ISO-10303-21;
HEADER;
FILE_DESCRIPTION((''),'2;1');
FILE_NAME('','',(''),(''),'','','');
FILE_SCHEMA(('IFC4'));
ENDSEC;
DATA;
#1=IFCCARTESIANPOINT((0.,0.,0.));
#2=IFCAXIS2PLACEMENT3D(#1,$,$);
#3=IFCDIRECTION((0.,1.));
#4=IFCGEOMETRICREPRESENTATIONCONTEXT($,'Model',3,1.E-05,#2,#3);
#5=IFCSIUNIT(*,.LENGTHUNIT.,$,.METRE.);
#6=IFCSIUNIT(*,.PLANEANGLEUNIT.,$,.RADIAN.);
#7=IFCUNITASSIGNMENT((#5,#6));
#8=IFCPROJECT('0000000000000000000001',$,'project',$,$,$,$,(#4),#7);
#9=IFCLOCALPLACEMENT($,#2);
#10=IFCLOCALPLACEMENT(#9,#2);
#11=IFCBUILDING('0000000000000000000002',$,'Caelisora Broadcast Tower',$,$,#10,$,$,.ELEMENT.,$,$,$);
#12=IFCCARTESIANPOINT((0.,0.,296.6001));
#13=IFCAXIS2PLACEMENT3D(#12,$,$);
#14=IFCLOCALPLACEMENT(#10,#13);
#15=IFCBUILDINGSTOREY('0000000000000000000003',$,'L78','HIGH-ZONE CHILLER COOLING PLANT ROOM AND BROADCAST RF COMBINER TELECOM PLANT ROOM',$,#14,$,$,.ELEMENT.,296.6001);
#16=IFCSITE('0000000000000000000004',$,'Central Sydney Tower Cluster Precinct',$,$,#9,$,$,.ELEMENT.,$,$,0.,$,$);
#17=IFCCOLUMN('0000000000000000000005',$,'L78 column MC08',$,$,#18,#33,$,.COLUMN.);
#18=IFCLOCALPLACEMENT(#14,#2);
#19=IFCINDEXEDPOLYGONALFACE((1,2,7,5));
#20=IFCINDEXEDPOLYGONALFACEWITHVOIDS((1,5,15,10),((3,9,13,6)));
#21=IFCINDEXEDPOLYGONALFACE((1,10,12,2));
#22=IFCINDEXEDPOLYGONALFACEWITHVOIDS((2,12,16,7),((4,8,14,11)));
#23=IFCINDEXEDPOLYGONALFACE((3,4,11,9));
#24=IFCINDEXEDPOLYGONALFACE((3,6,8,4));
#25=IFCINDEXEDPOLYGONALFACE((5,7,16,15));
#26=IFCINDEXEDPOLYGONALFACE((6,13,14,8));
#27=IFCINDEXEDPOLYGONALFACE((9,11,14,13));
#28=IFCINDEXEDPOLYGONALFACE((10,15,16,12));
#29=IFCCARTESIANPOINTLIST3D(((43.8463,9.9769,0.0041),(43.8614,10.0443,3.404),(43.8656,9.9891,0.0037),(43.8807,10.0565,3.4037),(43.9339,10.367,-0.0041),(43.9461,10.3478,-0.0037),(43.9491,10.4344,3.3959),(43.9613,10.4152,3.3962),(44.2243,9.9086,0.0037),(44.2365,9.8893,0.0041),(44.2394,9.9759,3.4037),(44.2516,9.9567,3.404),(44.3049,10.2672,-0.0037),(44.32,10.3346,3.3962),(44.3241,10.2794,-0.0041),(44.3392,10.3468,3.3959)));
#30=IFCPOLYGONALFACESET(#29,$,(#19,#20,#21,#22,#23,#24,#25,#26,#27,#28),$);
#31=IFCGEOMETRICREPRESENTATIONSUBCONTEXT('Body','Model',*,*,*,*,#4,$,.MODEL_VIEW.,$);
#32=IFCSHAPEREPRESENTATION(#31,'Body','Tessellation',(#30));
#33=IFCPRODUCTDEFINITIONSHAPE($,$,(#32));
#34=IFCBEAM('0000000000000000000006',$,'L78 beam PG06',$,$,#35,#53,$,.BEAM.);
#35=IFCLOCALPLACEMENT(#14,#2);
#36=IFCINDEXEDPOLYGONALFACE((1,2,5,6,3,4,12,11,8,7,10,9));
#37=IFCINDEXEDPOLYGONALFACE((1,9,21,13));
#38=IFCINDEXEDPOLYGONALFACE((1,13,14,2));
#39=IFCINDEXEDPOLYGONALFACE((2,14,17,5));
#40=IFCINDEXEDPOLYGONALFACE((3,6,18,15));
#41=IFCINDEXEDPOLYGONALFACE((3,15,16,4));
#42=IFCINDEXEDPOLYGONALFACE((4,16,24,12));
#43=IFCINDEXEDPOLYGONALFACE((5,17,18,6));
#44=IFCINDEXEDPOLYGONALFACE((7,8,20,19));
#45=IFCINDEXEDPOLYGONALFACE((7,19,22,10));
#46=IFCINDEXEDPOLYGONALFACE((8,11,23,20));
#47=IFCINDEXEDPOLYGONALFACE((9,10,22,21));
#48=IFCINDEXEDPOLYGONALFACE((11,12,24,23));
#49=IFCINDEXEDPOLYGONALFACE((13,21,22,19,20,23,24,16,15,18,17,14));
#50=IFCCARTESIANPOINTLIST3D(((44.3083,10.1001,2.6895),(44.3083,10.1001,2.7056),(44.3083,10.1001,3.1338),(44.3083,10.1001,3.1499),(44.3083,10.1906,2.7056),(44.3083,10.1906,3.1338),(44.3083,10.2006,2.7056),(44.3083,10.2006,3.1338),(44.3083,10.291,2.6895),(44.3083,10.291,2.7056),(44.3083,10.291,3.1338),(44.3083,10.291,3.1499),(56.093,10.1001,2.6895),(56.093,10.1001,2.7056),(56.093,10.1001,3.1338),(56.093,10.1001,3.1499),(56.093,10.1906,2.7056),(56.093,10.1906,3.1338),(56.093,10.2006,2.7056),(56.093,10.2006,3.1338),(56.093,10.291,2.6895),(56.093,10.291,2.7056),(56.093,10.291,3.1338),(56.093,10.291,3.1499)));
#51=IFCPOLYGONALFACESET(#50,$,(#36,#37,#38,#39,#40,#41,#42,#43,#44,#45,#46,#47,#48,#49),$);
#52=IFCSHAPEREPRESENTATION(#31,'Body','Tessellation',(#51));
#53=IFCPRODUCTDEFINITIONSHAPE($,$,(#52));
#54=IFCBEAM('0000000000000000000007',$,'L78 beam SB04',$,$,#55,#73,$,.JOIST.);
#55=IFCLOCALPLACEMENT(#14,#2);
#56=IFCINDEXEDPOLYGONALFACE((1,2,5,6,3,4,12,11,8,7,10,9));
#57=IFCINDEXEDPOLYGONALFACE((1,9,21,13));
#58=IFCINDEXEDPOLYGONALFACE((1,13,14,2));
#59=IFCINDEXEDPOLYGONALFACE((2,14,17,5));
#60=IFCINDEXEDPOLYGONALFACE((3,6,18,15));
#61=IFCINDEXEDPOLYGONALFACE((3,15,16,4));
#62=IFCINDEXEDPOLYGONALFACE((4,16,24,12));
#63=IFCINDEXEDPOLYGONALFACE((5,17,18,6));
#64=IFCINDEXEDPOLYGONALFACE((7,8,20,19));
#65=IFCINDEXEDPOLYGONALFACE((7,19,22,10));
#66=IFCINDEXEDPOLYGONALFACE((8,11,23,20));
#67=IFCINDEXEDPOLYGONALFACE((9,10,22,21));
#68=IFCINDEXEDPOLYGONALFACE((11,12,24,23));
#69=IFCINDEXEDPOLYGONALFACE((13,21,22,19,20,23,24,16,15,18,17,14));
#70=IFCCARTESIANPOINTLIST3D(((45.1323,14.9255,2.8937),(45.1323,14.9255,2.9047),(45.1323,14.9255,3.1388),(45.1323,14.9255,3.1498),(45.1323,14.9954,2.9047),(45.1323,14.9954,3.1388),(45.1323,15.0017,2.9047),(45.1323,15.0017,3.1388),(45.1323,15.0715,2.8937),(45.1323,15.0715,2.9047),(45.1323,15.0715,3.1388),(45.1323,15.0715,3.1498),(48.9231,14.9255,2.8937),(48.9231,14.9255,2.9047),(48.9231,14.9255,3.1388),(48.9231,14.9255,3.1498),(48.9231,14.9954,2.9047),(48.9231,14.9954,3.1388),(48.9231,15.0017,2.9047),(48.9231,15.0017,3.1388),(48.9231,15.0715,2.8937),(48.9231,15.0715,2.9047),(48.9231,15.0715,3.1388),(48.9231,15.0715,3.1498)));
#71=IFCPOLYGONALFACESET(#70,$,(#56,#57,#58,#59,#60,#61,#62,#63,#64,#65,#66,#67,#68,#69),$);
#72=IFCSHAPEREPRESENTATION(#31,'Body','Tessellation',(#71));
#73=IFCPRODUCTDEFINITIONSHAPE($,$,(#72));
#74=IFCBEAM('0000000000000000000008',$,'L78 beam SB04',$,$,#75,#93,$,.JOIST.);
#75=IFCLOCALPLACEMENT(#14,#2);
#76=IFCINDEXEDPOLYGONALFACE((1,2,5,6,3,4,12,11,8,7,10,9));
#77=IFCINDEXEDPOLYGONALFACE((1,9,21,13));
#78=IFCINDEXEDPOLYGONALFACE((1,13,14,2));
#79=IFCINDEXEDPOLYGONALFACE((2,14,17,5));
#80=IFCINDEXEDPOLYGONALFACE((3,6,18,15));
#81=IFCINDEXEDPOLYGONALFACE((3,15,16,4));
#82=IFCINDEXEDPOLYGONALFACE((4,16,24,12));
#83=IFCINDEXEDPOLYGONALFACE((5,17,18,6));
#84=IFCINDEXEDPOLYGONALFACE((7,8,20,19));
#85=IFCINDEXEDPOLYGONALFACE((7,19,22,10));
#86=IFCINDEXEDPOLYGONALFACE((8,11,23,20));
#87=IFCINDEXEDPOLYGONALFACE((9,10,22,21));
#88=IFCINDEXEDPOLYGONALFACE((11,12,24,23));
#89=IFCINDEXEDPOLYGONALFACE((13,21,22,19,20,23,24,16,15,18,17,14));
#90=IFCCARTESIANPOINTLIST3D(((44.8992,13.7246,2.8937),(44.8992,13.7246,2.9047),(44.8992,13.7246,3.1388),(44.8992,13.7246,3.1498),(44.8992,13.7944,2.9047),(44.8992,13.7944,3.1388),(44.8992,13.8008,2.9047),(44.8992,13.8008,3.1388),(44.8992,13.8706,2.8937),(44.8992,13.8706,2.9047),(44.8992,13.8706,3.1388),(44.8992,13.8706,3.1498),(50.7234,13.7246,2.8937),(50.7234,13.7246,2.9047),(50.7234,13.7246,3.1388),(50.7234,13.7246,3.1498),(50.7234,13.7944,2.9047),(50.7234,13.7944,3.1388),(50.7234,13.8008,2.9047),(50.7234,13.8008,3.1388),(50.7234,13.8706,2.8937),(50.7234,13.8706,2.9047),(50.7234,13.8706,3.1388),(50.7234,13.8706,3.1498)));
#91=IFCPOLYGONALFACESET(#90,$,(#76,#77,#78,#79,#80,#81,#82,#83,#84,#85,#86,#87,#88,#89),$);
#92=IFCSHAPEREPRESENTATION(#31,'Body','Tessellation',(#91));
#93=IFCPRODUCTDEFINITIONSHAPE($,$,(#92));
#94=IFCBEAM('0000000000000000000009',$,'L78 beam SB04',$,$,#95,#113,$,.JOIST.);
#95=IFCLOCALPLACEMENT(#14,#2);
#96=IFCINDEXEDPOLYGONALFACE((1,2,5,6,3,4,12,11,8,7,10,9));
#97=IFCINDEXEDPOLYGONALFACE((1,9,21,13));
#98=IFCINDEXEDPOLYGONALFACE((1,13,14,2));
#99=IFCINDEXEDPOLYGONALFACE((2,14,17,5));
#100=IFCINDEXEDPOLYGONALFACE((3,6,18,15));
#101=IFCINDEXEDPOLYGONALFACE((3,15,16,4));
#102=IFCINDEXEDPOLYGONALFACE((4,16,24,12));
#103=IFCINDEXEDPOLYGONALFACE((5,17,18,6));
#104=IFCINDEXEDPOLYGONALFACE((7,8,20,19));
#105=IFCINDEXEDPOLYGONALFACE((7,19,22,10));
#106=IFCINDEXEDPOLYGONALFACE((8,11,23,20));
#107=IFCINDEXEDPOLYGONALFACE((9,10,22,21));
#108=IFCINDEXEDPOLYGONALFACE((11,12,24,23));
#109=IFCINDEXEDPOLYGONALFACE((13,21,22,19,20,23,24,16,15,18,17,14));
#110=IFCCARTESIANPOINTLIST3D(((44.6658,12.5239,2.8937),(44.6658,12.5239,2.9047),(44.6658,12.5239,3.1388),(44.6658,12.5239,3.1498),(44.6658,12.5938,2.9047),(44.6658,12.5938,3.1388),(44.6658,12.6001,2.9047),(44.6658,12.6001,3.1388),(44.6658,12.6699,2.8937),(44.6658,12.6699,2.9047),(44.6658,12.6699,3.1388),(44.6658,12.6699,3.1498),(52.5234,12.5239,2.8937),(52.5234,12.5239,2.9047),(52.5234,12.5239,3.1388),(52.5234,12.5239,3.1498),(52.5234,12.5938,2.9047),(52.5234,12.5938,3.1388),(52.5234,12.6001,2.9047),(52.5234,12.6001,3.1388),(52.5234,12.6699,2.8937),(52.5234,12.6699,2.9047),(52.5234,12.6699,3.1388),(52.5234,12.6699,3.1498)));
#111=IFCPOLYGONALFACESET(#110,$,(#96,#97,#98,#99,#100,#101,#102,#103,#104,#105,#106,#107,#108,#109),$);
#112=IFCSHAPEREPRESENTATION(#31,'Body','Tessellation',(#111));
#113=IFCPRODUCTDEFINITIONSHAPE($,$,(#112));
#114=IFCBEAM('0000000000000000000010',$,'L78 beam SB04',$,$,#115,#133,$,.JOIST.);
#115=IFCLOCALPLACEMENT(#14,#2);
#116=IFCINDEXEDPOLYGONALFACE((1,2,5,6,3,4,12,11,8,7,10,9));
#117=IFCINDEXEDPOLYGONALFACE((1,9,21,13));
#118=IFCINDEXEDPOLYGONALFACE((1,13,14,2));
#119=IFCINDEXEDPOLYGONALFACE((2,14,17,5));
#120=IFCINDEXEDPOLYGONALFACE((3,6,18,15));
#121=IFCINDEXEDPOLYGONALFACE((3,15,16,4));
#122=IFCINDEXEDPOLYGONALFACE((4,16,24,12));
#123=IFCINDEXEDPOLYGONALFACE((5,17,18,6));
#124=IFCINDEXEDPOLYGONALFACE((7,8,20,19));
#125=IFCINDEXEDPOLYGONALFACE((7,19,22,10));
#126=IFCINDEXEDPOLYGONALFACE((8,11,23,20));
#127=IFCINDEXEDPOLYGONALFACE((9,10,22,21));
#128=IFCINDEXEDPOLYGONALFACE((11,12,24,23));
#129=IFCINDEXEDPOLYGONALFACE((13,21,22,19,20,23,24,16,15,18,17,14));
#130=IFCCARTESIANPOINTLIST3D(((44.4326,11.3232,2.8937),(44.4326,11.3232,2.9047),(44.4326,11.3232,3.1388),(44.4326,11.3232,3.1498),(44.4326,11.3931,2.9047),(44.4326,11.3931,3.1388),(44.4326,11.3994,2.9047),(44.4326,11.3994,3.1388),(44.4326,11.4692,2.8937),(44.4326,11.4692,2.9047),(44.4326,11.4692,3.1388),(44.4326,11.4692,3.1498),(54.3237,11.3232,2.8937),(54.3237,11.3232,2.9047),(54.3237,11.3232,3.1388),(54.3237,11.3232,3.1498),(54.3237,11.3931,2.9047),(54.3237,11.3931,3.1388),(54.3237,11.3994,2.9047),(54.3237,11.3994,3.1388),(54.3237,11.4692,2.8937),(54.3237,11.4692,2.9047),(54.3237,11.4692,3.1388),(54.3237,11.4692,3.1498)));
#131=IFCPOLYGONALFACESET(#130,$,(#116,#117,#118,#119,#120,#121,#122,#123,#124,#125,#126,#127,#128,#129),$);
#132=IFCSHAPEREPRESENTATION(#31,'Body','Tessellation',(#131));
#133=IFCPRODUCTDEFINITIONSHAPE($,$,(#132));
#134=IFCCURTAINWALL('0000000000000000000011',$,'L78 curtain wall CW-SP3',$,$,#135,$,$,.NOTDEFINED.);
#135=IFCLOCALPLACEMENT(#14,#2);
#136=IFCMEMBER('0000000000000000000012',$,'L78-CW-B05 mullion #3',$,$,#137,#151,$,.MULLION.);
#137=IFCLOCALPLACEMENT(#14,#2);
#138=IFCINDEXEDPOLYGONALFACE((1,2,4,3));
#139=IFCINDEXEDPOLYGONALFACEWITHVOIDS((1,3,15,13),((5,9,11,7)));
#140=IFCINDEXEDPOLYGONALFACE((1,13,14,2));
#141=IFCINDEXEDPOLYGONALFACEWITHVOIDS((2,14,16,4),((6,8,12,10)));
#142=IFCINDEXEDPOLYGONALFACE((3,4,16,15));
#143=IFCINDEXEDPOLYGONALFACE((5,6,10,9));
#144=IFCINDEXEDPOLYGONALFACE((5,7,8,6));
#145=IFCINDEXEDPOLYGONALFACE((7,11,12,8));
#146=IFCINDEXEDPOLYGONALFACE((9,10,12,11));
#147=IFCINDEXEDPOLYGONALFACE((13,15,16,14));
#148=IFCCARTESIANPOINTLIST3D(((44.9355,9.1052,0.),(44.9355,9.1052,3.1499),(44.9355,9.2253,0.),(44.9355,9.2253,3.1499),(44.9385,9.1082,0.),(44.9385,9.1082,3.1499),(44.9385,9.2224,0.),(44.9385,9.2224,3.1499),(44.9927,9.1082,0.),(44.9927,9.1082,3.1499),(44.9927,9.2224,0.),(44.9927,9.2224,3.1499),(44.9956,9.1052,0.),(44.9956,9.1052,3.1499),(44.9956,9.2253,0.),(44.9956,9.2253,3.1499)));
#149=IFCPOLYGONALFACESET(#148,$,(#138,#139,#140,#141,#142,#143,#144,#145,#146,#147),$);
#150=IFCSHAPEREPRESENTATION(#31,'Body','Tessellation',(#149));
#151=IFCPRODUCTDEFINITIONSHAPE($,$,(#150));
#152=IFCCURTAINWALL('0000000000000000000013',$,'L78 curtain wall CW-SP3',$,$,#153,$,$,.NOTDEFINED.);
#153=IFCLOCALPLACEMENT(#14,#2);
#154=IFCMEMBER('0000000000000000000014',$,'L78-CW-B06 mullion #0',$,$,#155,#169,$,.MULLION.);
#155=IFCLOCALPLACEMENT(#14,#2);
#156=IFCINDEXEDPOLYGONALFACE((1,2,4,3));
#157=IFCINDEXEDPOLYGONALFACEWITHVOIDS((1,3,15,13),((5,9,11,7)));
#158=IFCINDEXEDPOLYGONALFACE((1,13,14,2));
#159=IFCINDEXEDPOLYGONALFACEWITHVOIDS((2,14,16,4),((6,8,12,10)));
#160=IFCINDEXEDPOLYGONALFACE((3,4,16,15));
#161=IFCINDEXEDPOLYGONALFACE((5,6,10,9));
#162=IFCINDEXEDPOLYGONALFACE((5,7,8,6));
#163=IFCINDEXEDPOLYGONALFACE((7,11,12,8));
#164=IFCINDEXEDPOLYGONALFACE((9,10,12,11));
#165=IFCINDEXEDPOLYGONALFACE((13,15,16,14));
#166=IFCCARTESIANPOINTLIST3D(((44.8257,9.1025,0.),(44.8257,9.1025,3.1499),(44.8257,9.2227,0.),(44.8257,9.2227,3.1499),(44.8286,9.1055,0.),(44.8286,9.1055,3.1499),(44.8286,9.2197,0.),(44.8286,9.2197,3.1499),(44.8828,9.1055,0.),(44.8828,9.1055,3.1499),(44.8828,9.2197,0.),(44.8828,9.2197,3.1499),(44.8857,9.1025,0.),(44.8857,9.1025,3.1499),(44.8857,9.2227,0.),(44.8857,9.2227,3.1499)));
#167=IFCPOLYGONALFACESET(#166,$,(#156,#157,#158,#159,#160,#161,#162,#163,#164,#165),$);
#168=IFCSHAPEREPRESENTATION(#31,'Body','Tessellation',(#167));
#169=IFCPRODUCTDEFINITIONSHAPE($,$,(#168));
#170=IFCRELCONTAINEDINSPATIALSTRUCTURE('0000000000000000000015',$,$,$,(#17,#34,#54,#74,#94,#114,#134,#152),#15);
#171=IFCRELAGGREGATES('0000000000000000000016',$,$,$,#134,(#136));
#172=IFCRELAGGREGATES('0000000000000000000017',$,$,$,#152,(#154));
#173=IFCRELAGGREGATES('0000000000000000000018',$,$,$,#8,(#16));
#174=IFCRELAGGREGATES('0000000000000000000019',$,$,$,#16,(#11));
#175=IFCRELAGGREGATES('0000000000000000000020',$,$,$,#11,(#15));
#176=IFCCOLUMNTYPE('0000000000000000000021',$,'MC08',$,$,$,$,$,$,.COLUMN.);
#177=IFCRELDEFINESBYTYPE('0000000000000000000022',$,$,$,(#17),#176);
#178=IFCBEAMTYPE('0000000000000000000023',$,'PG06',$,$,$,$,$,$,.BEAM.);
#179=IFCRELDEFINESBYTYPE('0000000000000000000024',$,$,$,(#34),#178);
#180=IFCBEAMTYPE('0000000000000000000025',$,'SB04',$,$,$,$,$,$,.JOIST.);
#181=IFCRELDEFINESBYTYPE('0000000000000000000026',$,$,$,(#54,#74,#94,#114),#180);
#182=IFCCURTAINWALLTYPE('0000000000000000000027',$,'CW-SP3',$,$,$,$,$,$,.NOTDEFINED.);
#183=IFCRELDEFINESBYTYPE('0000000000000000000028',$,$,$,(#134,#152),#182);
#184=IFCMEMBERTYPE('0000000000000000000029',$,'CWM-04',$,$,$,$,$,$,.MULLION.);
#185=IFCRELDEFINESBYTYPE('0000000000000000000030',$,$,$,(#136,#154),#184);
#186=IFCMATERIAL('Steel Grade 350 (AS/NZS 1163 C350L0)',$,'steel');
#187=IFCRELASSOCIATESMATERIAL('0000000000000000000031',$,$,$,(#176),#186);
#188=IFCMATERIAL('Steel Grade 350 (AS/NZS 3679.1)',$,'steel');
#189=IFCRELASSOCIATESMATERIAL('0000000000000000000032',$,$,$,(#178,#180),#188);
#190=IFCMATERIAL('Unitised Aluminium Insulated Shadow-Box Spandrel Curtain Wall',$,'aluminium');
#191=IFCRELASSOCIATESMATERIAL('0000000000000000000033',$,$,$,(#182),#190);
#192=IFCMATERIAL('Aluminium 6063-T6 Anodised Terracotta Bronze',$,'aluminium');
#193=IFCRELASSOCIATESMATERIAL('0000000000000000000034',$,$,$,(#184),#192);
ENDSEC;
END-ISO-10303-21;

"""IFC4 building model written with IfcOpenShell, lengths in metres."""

from ifc_helpers import new_model, si_unit, direction, frame, origin, origin_2d, place, context, subcontext, project, spatial, hollow_rectangle, i_section, extrude, source, transform, mapped, material, material_profile, profile_set, type_object, type_shapes, element, aggregate, save


model = new_model("IFC4")

# Units and contexts
model_context = context("Model", 3, precision=1e-05, world=origin(), true_north=direction((0.0, 1.0)))
body_context = subcontext(model_context, "Body", "Model", "MODEL_VIEW")
ifc_project = project(units=[si_unit("LENGTHUNIT", "METRE"), si_unit("PLANEANGLEUNIT", "RADIAN")], contexts=[model_context])

# Site, building, storey
site_placement = place(None, origin())
site = spatial("IfcSite", under=ifc_project, at=site_placement, Name="Central Sydney Tower Cluster Precinct", CompositionType="ELEMENT", RefElevation=0.0)
building_placement = place(site_placement, origin())
building = spatial("IfcBuilding", under=site, at=building_placement, Name="Caelisora Broadcast Tower", CompositionType="ELEMENT")
storey_placement = place(building_placement, frame((0.0, 0.0, 296.6001)))
storey = spatial("IfcBuildingStorey", under=building, at=storey_placement, Name="L78", Description="HIGH-ZONE CHILLER COOLING PLANT ROOM AND BROADCAST RF COMBINER TELECOM PLANT ROOM", CompositionType="ELEMENT", Elevation=296.6001)

# Column
ifc_material_1 = material(Name="Steel Grade 350 (AS/NZS 1163 C350L0)", Category="steel")
ifc_material_profile_1 = material_profile(ifc_material_1, hollow_rectangle(XDim=0.3999, YDim=0.3999, WallThickness=0.0161, at=origin_2d()), Name="Steel Grade 350 (AS/NZS 1163 C350L0)")
ifc_profile_set_1 = profile_set([ifc_material_profile_1], Name="Steel Grade 350 (AS/NZS 1163 C350L0)")
column_type = type_object("IfcColumnType", Name="MC08", PredefinedType="COLUMN", material=ifc_profile_set_1)
shared_shape_1 = source(origin(), body_context, "Body", "SweptSolid", [
    extrude(hollow_rectangle(XDim=0.3999, YDim=0.3999, WallThickness=0.0161, at=origin_2d()), origin(), (0.0, 0.0, 1.0), 3.4006),
])
type_shapes(column_type, [shared_shape_1])
column_placement = place(storey_placement, frame((44.0852, 10.1282, 0.0), z_axis=(0.004451, 0.019815, 0.999794), x_axis=(-0.975685, 0.219176, 0.0)))
element("IfcColumn", 1, at=column_placement, inside=storey, type_object=column_type, Name="L78 column MC08", PredefinedType="COLUMN", context=body_context, shape_type="MappedRepresentation", body=[
    mapped(shared_shape_1, transform((0.0, 0.0, 0.0), scale=1.0)),
])

# Beams
ifc_material_2 = material(Name="Steel Grade 350 (AS/NZS 3679.1)", Category="steel")
ifc_material_profile_2 = material_profile(ifc_material_2, i_section(OverallWidth=0.1909, OverallDepth=0.4604, WebThickness=0.01, FlangeThickness=0.0161, at=origin_2d()), Name="Steel Grade 350 (AS/NZS 3679.1)")
ifc_profile_set_2 = profile_set([ifc_material_profile_2], Name="Steel Grade 350 (AS/NZS 3679.1)")
beam_type_1 = type_object("IfcBeamType", Name="PG06", PredefinedType="BEAM", material=ifc_profile_set_2)
shared_shape_2 = source(origin(), body_context, "Body", "SweptSolid", [
    extrude(i_section(OverallWidth=0.1909, OverallDepth=0.4604, WebThickness=0.01, FlangeThickness=0.0161, at=origin_2d()), origin(), (0.0, 0.0, 1.0), 11.7847),
])
type_shapes(beam_type_1, [shared_shape_2])
beam_1_placement = place(storey_placement, frame((44.3083, 10.1956, 2.9197), z_axis=(1.0, 0.0, 0.0), x_axis=(0.0, 1.0, 0.0)))
element("IfcBeam", 2, at=beam_1_placement, inside=storey, type_object=beam_type_1, Name="L78 beam PG06", PredefinedType="BEAM", context=body_context, shape_type="MappedRepresentation", body=[
    mapped(shared_shape_2, transform((0.0, 0.0, 0.0), scale=1.0)),
])
ifc_material_profile_3 = material_profile(ifc_material_2, i_section(OverallWidth=0.146, OverallDepth=0.2561, WebThickness=0.0063, FlangeThickness=0.011, at=origin_2d()), Name="Steel Grade 350 (AS/NZS 3679.1)")
ifc_profile_set_3 = profile_set([ifc_material_profile_3], Name="Steel Grade 350 (AS/NZS 3679.1)")
beam_type_2 = type_object("IfcBeamType", Name="SB04", PredefinedType="JOIST", material=ifc_profile_set_3)
shared_shape_3 = source(origin(), body_context, "Body", "SweptSolid", [
    extrude(i_section(OverallWidth=0.146, OverallDepth=0.2561, WebThickness=0.0063, FlangeThickness=0.011, at=origin_2d()), origin(), (0.0, 0.0, 1.0), 3.7908),
])
beam_2_placement = place(storey_placement, frame((45.1323, 14.9985, 3.0217), z_axis=(1.0, 0.0, 0.0), x_axis=(0.0, 1.0, 0.0)))
element("IfcBeam", 3, at=beam_2_placement, inside=storey, type_object=beam_type_2, Name="L78 beam SB04", PredefinedType="JOIST", context=body_context, shape_type="MappedRepresentation", body=[
    mapped(shared_shape_3, transform((0.0, 0.0, 0.0), scale=1.0)),
])
shared_shape_4 = source(origin(), body_context, "Body", "SweptSolid", [
    extrude(i_section(OverallWidth=0.146, OverallDepth=0.2561, WebThickness=0.0063, FlangeThickness=0.011, at=origin_2d()), origin(), (0.0, 0.0, 1.0), 5.8242),
])
beam_3_placement = place(storey_placement, frame((44.8992, 13.7976, 3.0217), z_axis=(1.0, 0.0, 0.0), x_axis=(0.0, 1.0, 0.0)))
element("IfcBeam", 4, at=beam_3_placement, inside=storey, type_object=beam_type_2, Name="L78 beam SB04", PredefinedType="JOIST", context=body_context, shape_type="MappedRepresentation", body=[
    mapped(shared_shape_4, transform((0.0, 0.0, 0.0), scale=1.0)),
])
shared_shape_5 = source(origin(), body_context, "Body", "SweptSolid", [
    extrude(i_section(OverallWidth=0.146, OverallDepth=0.2561, WebThickness=0.0063, FlangeThickness=0.011, at=origin_2d()), origin(), (0.0, 0.0, 1.0), 7.8577),
])
beam_4_placement = place(storey_placement, frame((44.6658, 12.5969, 3.0217), z_axis=(1.0, 0.0, 0.0), x_axis=(0.0, 1.0, 0.0)))
element("IfcBeam", 5, at=beam_4_placement, inside=storey, type_object=beam_type_2, Name="L78 beam SB04", PredefinedType="JOIST", context=body_context, shape_type="MappedRepresentation", body=[
    mapped(shared_shape_5, transform((0.0, 0.0, 0.0), scale=1.0)),
])
shared_shape_6 = source(origin(), body_context, "Body", "SweptSolid", [
    extrude(i_section(OverallWidth=0.146, OverallDepth=0.2561, WebThickness=0.0063, FlangeThickness=0.011, at=origin_2d()), origin(), (0.0, 0.0, 1.0), 9.8911),
])
type_shapes(beam_type_2, [shared_shape_3, shared_shape_4, shared_shape_5, shared_shape_6])
beam_5_placement = place(storey_placement, frame((44.4326, 11.3962, 3.0217), z_axis=(1.0, 0.0, 0.0), x_axis=(0.0, 1.0, 0.0)))
element("IfcBeam", 6, at=beam_5_placement, inside=storey, type_object=beam_type_2, Name="L78 beam SB04", PredefinedType="JOIST", context=body_context, shape_type="MappedRepresentation", body=[
    mapped(shared_shape_6, transform((0.0, 0.0, 0.0), scale=1.0)),
])

# Curtain wall, member
ifc_material_3 = material(Name="Unitised Aluminium Insulated Shadow-Box Spandrel Curtain Wall", Category="aluminium")
curtain_wall_type = type_object("IfcCurtainWallType", Name="CW-SP3", PredefinedType="NOTDEFINED", material=ifc_material_3)
curtain_wall_1_placement = place(storey_placement, origin())
curtain_wall_1 = element("IfcCurtainWall", 7, at=curtain_wall_1_placement, inside=storey, type_object=curtain_wall_type, Name="L78 curtain wall CW-SP3", PredefinedType="NOTDEFINED")
ifc_material_4 = material(Name="Aluminium 6063-T6 Anodised Terracotta Bronze", Category="aluminium")
ifc_material_profile_4 = material_profile(ifc_material_4, hollow_rectangle(XDim=0.0601, YDim=0.1201, WallThickness=0.0029, at=origin_2d()), Name="Aluminium 6063-T6 Anodised Terracotta Bronze")
ifc_profile_set_4 = profile_set([ifc_material_profile_4], Name="Aluminium 6063-T6 Anodised Terracotta Bronze")
member_type_1 = type_object("IfcMemberType", Name="CWM-04", PredefinedType="MULLION", material=ifc_profile_set_4)
shared_shape_7 = source(origin(), body_context, "Body", "SweptSolid", [
    extrude(hollow_rectangle(XDim=0.0601, YDim=0.1201, WallThickness=0.0029, at=origin_2d()), origin(), (0.0, 0.0, 1.0), 3.1499),
])
type_shapes(member_type_1, [shared_shape_7])
member_1_placement = place(storey_placement, frame((44.9656, 9.1653, 0.0), z_axis=(0.0, 0.0, 1.0), x_axis=(1.0, 0.0, 0.0)))
member_1 = element("IfcMember", 8, at=member_1_placement, type_object=member_type_1, Name="L78-CW-B05 mullion #3", PredefinedType="MULLION", context=body_context, shape_type="MappedRepresentation", body=[
    mapped(shared_shape_7, transform((0.0, 0.0, 0.0), scale=1.0)),
])

# Curtain wall, member
curtain_wall_2_placement = place(storey_placement, origin())
curtain_wall_2 = element("IfcCurtainWall", 9, at=curtain_wall_2_placement, inside=storey, type_object=curtain_wall_type, Name="L78 curtain wall CW-SP3", PredefinedType="NOTDEFINED")
member_2_placement = place(storey_placement, frame((44.8557, 9.1626, 0.0), z_axis=(0.0, 0.0, 1.0), x_axis=(1.0, 0.0, 0.0)))
member_2 = element("IfcMember", 10, at=member_2_placement, type_object=member_type_1, Name="L78-CW-B06 mullion #0", PredefinedType="MULLION", context=body_context, shape_type="MappedRepresentation", body=[
    mapped(shared_shape_7, transform((0.0, 0.0, 0.0), scale=1.0)),
])

aggregate(curtain_wall_1, [member_1])
aggregate(curtain_wall_2, [member_2])

save(model, "model.ifc")
